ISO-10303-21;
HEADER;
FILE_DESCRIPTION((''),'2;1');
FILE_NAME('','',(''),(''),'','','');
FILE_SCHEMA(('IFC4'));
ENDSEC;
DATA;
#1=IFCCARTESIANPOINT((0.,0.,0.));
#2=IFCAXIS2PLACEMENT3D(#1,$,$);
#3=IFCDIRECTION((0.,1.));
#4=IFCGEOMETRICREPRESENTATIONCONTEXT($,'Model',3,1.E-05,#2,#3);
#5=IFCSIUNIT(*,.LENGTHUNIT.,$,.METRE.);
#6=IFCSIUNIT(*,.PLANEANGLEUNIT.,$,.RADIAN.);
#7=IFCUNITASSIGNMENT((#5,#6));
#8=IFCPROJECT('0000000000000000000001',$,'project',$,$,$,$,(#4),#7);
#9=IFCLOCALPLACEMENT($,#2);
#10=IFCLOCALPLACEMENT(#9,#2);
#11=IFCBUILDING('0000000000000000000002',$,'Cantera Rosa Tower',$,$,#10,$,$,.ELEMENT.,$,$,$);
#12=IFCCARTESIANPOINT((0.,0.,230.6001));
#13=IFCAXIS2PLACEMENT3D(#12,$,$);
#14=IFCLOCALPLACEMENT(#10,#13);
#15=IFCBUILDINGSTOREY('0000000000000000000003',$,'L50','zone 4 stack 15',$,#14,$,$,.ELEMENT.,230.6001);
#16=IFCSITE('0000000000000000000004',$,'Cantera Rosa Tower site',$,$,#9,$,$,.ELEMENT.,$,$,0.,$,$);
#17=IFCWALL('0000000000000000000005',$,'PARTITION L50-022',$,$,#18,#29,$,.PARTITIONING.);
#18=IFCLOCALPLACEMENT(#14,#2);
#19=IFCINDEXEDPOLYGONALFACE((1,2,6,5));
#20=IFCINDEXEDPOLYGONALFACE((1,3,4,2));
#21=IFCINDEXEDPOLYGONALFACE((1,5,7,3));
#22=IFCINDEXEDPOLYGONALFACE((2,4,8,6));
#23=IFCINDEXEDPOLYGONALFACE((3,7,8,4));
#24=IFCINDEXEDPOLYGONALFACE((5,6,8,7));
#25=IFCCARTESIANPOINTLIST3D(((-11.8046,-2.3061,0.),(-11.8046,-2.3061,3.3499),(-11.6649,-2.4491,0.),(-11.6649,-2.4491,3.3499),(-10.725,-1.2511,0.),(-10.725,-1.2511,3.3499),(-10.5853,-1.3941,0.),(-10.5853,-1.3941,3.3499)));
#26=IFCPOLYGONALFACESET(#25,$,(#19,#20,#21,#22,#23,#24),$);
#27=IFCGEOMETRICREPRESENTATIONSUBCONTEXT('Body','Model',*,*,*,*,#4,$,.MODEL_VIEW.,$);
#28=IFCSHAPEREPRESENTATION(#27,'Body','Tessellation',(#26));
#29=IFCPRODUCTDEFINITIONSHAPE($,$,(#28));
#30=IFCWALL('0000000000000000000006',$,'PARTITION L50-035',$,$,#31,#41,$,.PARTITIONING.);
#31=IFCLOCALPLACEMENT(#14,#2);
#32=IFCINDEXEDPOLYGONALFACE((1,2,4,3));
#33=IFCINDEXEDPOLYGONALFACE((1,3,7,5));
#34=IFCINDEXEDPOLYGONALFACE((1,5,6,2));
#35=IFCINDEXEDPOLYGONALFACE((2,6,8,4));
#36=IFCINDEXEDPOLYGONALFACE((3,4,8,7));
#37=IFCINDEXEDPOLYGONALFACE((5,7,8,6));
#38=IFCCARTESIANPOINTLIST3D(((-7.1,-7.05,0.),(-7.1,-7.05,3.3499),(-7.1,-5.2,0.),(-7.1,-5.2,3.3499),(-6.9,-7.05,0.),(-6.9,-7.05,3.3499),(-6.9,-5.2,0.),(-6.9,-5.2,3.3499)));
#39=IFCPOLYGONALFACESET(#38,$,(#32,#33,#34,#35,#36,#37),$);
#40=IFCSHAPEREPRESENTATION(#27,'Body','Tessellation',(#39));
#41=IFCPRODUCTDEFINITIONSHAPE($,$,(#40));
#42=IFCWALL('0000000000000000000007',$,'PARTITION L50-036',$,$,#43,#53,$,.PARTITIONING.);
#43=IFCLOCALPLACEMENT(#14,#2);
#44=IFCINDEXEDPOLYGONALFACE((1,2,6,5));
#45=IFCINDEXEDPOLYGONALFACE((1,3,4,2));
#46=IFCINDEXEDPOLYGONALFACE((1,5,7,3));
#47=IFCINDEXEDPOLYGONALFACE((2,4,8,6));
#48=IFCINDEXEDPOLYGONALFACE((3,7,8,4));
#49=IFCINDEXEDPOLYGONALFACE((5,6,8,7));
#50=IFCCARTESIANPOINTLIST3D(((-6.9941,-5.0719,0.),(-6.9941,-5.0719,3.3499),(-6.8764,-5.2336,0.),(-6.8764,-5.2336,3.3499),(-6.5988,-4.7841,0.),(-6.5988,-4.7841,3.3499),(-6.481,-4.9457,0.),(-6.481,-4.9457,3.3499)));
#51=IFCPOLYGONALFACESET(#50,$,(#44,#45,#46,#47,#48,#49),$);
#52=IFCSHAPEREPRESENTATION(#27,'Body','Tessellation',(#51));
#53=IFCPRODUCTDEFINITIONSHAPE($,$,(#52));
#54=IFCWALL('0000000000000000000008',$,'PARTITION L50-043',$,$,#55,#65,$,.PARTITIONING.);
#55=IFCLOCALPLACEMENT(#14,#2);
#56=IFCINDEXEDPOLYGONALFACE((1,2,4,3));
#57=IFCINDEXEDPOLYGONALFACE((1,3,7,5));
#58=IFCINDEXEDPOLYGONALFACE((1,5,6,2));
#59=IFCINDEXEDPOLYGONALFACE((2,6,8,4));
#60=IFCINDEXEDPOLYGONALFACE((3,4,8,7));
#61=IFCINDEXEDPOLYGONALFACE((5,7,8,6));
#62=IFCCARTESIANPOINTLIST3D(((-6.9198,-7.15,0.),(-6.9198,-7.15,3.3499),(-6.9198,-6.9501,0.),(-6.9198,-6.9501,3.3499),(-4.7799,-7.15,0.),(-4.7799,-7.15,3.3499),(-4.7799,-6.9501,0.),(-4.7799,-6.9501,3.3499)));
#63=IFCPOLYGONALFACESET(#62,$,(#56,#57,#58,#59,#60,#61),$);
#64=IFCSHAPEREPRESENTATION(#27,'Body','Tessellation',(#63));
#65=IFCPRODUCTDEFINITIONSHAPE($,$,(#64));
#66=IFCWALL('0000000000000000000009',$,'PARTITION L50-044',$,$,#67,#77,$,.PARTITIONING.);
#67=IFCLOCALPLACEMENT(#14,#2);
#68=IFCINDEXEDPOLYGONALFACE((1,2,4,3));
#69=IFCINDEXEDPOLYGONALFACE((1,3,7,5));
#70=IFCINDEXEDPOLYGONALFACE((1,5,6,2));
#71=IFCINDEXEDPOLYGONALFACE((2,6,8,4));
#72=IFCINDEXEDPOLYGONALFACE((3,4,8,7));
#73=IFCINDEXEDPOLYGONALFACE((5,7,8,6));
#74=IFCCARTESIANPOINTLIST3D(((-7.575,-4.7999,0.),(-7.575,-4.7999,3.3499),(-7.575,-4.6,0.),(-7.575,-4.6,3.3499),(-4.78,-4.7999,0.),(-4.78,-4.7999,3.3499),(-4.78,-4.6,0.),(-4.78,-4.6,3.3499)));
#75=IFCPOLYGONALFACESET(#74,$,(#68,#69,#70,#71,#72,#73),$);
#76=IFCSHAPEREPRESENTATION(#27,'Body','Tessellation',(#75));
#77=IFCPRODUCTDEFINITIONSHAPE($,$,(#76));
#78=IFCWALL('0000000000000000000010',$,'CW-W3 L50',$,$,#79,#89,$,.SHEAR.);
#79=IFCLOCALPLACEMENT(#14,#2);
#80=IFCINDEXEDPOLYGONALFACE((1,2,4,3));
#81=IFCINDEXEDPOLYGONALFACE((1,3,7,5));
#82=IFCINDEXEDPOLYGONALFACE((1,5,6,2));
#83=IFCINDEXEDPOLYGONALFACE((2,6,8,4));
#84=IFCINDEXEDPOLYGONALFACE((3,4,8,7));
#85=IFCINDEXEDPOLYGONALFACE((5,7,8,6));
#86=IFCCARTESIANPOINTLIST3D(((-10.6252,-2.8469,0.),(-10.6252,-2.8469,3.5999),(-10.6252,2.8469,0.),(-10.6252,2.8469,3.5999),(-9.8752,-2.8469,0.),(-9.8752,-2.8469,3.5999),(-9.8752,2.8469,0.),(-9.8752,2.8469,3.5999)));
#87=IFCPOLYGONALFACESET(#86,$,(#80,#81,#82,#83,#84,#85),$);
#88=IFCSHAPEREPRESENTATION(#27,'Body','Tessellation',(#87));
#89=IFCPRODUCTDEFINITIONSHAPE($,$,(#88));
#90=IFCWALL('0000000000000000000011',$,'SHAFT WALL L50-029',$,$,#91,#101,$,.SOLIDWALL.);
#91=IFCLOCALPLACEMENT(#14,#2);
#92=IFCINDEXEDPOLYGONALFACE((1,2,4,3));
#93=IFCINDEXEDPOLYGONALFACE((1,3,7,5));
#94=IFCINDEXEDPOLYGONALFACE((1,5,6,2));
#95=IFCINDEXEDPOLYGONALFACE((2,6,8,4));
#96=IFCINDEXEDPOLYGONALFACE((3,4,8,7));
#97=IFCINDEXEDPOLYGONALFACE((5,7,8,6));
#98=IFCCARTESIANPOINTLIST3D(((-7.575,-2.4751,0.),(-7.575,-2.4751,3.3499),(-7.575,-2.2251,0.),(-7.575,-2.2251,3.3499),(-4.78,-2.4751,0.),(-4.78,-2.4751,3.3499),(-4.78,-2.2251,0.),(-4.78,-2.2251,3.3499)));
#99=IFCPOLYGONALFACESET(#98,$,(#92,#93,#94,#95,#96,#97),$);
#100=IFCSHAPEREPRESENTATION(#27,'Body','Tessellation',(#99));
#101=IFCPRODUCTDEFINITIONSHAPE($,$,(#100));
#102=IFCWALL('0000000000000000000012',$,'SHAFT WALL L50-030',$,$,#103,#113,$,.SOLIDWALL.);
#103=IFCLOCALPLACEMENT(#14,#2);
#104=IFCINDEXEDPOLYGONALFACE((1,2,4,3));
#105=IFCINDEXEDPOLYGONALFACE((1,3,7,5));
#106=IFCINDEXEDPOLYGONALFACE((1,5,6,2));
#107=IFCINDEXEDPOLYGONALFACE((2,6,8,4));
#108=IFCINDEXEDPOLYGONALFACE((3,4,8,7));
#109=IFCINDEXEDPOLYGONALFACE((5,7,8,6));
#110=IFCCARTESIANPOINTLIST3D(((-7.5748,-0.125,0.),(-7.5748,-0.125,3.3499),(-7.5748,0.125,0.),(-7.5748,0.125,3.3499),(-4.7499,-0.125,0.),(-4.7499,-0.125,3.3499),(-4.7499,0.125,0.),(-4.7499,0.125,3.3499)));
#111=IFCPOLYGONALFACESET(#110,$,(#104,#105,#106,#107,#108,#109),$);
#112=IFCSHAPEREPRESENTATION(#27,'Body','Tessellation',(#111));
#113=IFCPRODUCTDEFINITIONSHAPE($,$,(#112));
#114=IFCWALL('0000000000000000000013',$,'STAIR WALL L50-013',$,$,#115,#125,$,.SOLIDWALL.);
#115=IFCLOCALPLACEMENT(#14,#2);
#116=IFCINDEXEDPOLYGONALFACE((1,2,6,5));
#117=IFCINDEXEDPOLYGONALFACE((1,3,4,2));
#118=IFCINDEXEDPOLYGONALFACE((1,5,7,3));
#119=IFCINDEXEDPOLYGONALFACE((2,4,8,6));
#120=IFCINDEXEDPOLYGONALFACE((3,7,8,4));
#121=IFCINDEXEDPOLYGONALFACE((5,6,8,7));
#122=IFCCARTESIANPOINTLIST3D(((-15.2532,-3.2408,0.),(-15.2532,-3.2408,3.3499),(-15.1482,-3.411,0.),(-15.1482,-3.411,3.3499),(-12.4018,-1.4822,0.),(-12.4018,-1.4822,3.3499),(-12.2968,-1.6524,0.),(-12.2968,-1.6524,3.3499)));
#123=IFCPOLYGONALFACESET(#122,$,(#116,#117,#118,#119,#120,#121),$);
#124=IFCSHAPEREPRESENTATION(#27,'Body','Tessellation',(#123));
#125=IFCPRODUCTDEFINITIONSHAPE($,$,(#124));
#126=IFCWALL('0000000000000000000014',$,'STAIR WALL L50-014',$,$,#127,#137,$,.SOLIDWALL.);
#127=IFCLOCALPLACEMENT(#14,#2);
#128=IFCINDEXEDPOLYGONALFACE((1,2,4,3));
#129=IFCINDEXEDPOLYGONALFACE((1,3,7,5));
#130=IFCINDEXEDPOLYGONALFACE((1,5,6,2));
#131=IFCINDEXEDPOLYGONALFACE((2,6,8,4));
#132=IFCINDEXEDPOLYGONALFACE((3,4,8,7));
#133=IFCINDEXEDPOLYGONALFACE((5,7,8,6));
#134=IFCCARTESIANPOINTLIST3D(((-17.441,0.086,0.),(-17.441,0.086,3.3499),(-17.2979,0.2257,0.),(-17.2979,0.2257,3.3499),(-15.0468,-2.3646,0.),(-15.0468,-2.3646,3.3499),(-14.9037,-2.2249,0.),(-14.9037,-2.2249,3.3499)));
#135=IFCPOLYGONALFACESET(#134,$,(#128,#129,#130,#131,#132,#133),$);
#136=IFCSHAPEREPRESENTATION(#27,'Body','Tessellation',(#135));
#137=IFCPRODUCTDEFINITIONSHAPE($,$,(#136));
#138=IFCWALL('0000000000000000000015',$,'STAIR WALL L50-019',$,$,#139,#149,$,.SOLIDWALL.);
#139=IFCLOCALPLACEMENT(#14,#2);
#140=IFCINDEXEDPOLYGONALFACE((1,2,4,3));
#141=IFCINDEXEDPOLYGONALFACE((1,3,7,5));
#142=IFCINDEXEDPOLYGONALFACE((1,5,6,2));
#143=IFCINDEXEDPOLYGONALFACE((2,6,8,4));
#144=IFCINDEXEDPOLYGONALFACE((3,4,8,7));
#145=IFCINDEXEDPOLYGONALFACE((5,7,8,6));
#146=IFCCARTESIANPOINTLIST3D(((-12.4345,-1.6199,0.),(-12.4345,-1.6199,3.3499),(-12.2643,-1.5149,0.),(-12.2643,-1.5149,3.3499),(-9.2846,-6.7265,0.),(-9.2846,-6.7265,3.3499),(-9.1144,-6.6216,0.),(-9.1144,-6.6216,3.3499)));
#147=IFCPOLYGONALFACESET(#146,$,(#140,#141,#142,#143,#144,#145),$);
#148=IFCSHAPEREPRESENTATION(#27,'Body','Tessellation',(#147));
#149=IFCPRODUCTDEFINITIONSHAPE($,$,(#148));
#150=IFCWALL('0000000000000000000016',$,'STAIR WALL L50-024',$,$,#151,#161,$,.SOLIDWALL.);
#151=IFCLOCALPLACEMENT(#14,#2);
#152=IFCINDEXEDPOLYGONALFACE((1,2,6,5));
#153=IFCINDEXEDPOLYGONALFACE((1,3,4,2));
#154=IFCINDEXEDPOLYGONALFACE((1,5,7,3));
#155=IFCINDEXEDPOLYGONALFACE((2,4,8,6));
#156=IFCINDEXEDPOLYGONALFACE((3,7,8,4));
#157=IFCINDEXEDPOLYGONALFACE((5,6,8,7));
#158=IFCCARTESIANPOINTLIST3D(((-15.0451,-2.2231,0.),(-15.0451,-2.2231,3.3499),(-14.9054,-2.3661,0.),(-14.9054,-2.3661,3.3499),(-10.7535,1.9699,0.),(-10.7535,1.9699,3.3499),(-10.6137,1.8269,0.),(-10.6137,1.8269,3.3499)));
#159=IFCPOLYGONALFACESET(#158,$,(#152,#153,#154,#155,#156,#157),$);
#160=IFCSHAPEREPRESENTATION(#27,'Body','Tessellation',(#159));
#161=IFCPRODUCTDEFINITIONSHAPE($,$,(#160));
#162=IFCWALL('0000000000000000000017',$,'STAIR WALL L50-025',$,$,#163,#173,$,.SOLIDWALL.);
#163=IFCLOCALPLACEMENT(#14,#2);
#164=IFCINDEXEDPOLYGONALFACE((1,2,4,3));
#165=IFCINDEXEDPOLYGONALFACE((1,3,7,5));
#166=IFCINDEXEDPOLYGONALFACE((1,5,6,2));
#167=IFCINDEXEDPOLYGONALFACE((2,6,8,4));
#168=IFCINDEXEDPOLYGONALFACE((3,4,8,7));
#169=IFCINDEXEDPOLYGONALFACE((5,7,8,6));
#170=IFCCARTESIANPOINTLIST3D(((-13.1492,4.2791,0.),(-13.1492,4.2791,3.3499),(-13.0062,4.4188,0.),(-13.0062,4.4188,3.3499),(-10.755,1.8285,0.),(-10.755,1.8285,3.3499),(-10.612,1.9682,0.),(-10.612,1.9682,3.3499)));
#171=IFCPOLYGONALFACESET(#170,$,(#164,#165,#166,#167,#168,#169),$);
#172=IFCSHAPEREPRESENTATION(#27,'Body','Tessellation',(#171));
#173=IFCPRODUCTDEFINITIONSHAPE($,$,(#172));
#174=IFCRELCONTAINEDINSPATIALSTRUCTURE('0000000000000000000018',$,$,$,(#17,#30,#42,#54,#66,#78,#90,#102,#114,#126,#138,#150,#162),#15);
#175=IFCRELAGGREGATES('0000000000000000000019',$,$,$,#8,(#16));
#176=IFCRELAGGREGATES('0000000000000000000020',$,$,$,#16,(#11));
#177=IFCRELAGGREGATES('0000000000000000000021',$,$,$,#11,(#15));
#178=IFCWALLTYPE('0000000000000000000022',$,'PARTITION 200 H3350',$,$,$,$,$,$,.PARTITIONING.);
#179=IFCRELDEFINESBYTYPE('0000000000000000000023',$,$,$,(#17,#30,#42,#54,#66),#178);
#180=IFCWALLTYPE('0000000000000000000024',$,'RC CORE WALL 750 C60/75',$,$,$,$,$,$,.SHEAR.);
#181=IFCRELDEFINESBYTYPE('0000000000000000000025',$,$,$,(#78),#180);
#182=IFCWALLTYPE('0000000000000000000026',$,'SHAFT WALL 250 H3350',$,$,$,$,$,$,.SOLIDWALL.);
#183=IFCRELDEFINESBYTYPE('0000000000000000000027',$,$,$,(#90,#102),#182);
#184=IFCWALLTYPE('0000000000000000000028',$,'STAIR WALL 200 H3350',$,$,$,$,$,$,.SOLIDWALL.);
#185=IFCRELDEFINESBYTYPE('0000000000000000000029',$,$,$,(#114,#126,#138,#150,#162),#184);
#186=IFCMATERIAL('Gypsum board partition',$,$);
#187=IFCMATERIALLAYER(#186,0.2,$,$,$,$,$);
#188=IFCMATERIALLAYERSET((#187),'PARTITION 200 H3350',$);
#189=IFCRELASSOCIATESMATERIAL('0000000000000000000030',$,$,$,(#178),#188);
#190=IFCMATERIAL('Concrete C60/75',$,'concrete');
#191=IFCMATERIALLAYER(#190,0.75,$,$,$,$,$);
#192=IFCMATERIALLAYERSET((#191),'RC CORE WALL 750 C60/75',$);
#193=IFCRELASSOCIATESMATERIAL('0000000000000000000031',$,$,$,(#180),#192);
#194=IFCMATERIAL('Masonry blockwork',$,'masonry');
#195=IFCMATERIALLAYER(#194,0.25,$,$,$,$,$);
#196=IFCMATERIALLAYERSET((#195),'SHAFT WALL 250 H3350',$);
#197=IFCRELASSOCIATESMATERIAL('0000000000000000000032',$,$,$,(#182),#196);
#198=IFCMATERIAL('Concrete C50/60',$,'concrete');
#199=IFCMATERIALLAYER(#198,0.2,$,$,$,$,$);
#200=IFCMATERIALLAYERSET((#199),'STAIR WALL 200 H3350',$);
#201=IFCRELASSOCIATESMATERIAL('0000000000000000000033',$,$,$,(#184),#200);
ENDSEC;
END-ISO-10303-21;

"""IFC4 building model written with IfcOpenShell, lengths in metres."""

from ifc_helpers import new_model, si_unit, direction, frame, frame_2d, origin, place, context, subcontext, project, spatial, rectangle, extrude, material, layer, layer_set, type_object, element, save


model = new_model("IFC4")

# Units and contexts
model_context = context("Model", 3, precision=1e-05, world=origin(), true_north=direction((0.0, 1.0)))
body_context = subcontext(model_context, "Body", "Model", "MODEL_VIEW")
ifc_project = project(units=[si_unit("LENGTHUNIT", "METRE"), si_unit("PLANEANGLEUNIT", "RADIAN")], contexts=[model_context])

# Site, building, storey
site_placement = place(None, origin())
site = spatial("IfcSite", under=ifc_project, at=site_placement, Name="Cantera Rosa Tower site", CompositionType="ELEMENT", RefElevation=0.0)
building_placement = place(site_placement, origin())
building = spatial("IfcBuilding", under=site, at=building_placement, Name="Cantera Rosa Tower", CompositionType="ELEMENT")
storey_placement = place(building_placement, frame((0.0, 0.0, 230.6001)))
storey = spatial("IfcBuildingStorey", under=building, at=storey_placement, Name="L50", Description="zone 4 stack 15", CompositionType="ELEMENT", Elevation=230.6001)

# Walls
ifc_material_1 = material(Name="Gypsum board partition")
ifc_layer_1 = layer(ifc_material_1, 0.2)
ifc_layer_set_1 = layer_set([ifc_layer_1], Name="PARTITION 200 H3350")
wall_type_1 = type_object("IfcWallType", Name="PARTITION 200 H3350", PredefinedType="PARTITIONING", material=ifc_layer_set_1)
wall_1_placement = place(storey_placement, frame((-11.7349, -2.3777, 0.0), z_axis=(0.0, 0.0, 1.0), x_axis=(0.715228, 0.698892, 0.0)))
element("IfcWall", 1, at=wall_1_placement, inside=storey, type_object=wall_type_1, Name="PARTITION L50-022", PredefinedType="PARTITIONING", context=body_context, shape_type="SweptSolid", body=[
    extrude(rectangle(XDim=1.5095, YDim=0.2, at=frame_2d((0.7549, 0.0))), origin(), (0.0, 0.0, 1.0), 3.3499),
])
wall_2_placement = place(storey_placement, frame((-7.0, -7.05, 0.0), z_axis=(0.0, 0.0, 1.0), x_axis=(0.0, 1.0, 0.0)))
element("IfcWall", 2, at=wall_2_placement, inside=storey, type_object=wall_type_1, Name="PARTITION L50-035", PredefinedType="PARTITIONING", context=body_context, shape_type="SweptSolid", body=[
    extrude(rectangle(XDim=1.8501, YDim=0.2, at=frame_2d((0.925, 0.0))), origin(), (0.0, 0.0, 1.0), 3.3499),
])
wall_3_placement = place(storey_placement, frame((-6.9353, -5.1528, 0.0), z_axis=(0.0, 0.0, 1.0), x_axis=(0.808369, 0.588676, 0.0)))
element("IfcWall", 3, at=wall_3_placement, inside=storey, type_object=wall_type_1, Name="PARTITION L50-036", PredefinedType="PARTITIONING", context=body_context, shape_type="SweptSolid", body=[
    extrude(rectangle(XDim=0.489, YDim=0.2, at=frame_2d((0.2446, 0.0))), origin(), (0.0, 0.0, 1.0), 3.3499),
])
wall_4_placement = place(storey_placement, frame((-4.78, -7.05, 0.0), z_axis=(0.0, 0.0, 1.0), x_axis=(-1.0, 0.0, 0.0)))
element("IfcWall", 4, at=wall_4_placement, inside=storey, type_object=wall_type_1, Name="PARTITION L50-043", PredefinedType="PARTITIONING", context=body_context, shape_type="SweptSolid", body=[
    extrude(rectangle(XDim=2.1399, YDim=0.2, at=frame_2d((1.0698, 0.0))), origin(), (0.0, 0.0, 1.0), 3.3499),
])
wall_5_placement = place(storey_placement, frame((-4.78, -4.7, 0.0), z_axis=(0.0, 0.0, 1.0), x_axis=(-1.0, 0.0, 0.0)))
element("IfcWall", 5, at=wall_5_placement, inside=storey, type_object=wall_type_1, Name="PARTITION L50-044", PredefinedType="PARTITIONING", context=body_context, shape_type="SweptSolid", body=[
    extrude(rectangle(XDim=2.7949, YDim=0.2, at=frame_2d((1.3975, 0.0))), origin(), (0.0, 0.0, 1.0), 3.3499),
])
ifc_material_2 = material(Name="Concrete C60/75", Category="concrete")
ifc_layer_2 = layer(ifc_material_2, 0.75)
ifc_layer_set_2 = layer_set([ifc_layer_2], Name="RC CORE WALL 750 C60/75")
wall_type_2 = type_object("IfcWallType", Name="RC CORE WALL 750 C60/75", PredefinedType="SHEAR", material=ifc_layer_set_2)
wall_6_placement = place(storey_placement, frame((-10.2502, -2.8469, 0.0), z_axis=(0.0, 0.0, 1.0), x_axis=(0.0, 1.0, 0.0)))
element("IfcWall", 6, at=wall_6_placement, inside=storey, type_object=wall_type_2, Name="CW-W3 L50", PredefinedType="SHEAR", context=body_context, shape_type="SweptSolid", body=[
    extrude(rectangle(XDim=5.6938, YDim=0.75, at=frame_2d((2.8469, 0.0))), origin(), (0.0, 0.0, 1.0), 3.5999),
])
ifc_material_3 = material(Name="Masonry blockwork", Category="masonry")
ifc_layer_3 = layer(ifc_material_3, 0.25)
ifc_layer_set_3 = layer_set([ifc_layer_3], Name="SHAFT WALL 250 H3350")
wall_type_3 = type_object("IfcWallType", Name="SHAFT WALL 250 H3350", PredefinedType="SOLIDWALL", material=ifc_layer_set_3)
wall_7_placement = place(storey_placement, frame((-7.575, -2.3501, 0.0), z_axis=(0.0, 0.0, 1.0), x_axis=(1.0, 0.0, 0.0)))
element("IfcWall", 7, at=wall_7_placement, inside=storey, type_object=wall_type_3, Name="SHAFT WALL L50-029", PredefinedType="SOLIDWALL", context=body_context, shape_type="SweptSolid", body=[
    extrude(rectangle(XDim=2.7949, YDim=0.25, at=frame_2d((1.3975, 0.0))), origin(), (0.0, 0.0, 1.0), 3.3499),
])
wall_8_placement = place(storey_placement, frame((-7.575, 0.0, 0.0), z_axis=(0.0, 0.0, 1.0), x_axis=(1.0, 0.0, 0.0)))
element("IfcWall", 8, at=wall_8_placement, inside=storey, type_object=wall_type_3, Name="SHAFT WALL L50-030", PredefinedType="SOLIDWALL", context=body_context, shape_type="SweptSolid", body=[
    extrude(rectangle(XDim=2.825, YDim=0.25, at=frame_2d((1.4126, 0.0))), origin(), (0.0, 0.0, 1.0), 3.3499),
])
ifc_material_4 = material(Name="Concrete C50/60", Category="concrete")
ifc_layer_4 = layer(ifc_material_4, 0.2)
ifc_layer_set_4 = layer_set([ifc_layer_4], Name="STAIR WALL 200 H3350")
wall_type_4 = type_object("IfcWallType", Name="STAIR WALL 200 H3350", PredefinedType="SOLIDWALL", material=ifc_layer_set_4)
wall_9_placement = place(storey_placement, frame((-15.2007, -3.3259, 0.0), z_axis=(0.0, 0.0, 1.0), x_axis=(0.85114, 0.524939, 0.0)))
element("IfcWall", 9, at=wall_9_placement, inside=storey, type_object=wall_type_4, Name="STAIR WALL L50-013", PredefinedType="SOLIDWALL", context=body_context, shape_type="SweptSolid", body=[
    extrude(rectangle(XDim=3.3501, YDim=0.2, at=frame_2d((1.675, 0.0))), origin(), (0.0, 0.0, 1.0), 3.3499),
])
wall_10_placement = place(storey_placement, frame((-14.9753, -2.2947, 0.0), z_axis=(0.0, 0.0, 1.0), x_axis=(-0.698829, 0.715289, 0.0)))
element("IfcWall", 10, at=wall_10_placement, inside=storey, type_object=wall_type_4, Name="STAIR WALL L50-014", PredefinedType="SOLIDWALL", context=body_context, shape_type="SweptSolid", body=[
    extrude(rectangle(XDim=3.426, YDim=0.2, at=frame_2d((1.7129, 0.0))), origin(), (0.0, 0.0, 1.0), 3.3499),
])
for number, where, z_axis, x_axis, name in (
    (11, (-12.3494, -1.5674, 0.0), (0.0, 0.0, 1.0), (0.524983, -0.851113, 0.0), "STAIR WALL L50-019"),
    (12, (-10.6836, 1.8984, 0.0), (0.0, 0.0, 1.0), (-0.715278, -0.69884, 0.0), "STAIR WALL L50-024"),
):
    element("IfcWall", number, at=place(storey_placement, frame(where, z_axis=z_axis, x_axis=x_axis)), inside=storey, type_object=wall_type_4, Name=name, PredefinedType="SOLIDWALL", context=body_context, shape_type="SweptSolid", body=[
        extrude(rectangle(XDim=6.0, YDim=0.2, at=frame_2d((3.0, 0.0))), origin(), (0.0, 0.0, 1.0), 3.3499),
    ])
wall_11_placement = place(storey_placement, frame((-10.6836, 1.8984, 0.0), z_axis=(0.0, 0.0, 1.0), x_axis=(-0.698829, 0.715289, 0.0)))
element("IfcWall", 13, at=wall_11_placement, inside=storey, type_object=wall_type_4, Name="STAIR WALL L50-025", PredefinedType="SOLIDWALL", context=body_context, shape_type="SweptSolid", body=[
    extrude(rectangle(XDim=3.426, YDim=0.2, at=frame_2d((1.7129, 0.0))), origin(), (0.0, 0.0, 1.0), 3.3499),
])

save(model, "model.ifc")
